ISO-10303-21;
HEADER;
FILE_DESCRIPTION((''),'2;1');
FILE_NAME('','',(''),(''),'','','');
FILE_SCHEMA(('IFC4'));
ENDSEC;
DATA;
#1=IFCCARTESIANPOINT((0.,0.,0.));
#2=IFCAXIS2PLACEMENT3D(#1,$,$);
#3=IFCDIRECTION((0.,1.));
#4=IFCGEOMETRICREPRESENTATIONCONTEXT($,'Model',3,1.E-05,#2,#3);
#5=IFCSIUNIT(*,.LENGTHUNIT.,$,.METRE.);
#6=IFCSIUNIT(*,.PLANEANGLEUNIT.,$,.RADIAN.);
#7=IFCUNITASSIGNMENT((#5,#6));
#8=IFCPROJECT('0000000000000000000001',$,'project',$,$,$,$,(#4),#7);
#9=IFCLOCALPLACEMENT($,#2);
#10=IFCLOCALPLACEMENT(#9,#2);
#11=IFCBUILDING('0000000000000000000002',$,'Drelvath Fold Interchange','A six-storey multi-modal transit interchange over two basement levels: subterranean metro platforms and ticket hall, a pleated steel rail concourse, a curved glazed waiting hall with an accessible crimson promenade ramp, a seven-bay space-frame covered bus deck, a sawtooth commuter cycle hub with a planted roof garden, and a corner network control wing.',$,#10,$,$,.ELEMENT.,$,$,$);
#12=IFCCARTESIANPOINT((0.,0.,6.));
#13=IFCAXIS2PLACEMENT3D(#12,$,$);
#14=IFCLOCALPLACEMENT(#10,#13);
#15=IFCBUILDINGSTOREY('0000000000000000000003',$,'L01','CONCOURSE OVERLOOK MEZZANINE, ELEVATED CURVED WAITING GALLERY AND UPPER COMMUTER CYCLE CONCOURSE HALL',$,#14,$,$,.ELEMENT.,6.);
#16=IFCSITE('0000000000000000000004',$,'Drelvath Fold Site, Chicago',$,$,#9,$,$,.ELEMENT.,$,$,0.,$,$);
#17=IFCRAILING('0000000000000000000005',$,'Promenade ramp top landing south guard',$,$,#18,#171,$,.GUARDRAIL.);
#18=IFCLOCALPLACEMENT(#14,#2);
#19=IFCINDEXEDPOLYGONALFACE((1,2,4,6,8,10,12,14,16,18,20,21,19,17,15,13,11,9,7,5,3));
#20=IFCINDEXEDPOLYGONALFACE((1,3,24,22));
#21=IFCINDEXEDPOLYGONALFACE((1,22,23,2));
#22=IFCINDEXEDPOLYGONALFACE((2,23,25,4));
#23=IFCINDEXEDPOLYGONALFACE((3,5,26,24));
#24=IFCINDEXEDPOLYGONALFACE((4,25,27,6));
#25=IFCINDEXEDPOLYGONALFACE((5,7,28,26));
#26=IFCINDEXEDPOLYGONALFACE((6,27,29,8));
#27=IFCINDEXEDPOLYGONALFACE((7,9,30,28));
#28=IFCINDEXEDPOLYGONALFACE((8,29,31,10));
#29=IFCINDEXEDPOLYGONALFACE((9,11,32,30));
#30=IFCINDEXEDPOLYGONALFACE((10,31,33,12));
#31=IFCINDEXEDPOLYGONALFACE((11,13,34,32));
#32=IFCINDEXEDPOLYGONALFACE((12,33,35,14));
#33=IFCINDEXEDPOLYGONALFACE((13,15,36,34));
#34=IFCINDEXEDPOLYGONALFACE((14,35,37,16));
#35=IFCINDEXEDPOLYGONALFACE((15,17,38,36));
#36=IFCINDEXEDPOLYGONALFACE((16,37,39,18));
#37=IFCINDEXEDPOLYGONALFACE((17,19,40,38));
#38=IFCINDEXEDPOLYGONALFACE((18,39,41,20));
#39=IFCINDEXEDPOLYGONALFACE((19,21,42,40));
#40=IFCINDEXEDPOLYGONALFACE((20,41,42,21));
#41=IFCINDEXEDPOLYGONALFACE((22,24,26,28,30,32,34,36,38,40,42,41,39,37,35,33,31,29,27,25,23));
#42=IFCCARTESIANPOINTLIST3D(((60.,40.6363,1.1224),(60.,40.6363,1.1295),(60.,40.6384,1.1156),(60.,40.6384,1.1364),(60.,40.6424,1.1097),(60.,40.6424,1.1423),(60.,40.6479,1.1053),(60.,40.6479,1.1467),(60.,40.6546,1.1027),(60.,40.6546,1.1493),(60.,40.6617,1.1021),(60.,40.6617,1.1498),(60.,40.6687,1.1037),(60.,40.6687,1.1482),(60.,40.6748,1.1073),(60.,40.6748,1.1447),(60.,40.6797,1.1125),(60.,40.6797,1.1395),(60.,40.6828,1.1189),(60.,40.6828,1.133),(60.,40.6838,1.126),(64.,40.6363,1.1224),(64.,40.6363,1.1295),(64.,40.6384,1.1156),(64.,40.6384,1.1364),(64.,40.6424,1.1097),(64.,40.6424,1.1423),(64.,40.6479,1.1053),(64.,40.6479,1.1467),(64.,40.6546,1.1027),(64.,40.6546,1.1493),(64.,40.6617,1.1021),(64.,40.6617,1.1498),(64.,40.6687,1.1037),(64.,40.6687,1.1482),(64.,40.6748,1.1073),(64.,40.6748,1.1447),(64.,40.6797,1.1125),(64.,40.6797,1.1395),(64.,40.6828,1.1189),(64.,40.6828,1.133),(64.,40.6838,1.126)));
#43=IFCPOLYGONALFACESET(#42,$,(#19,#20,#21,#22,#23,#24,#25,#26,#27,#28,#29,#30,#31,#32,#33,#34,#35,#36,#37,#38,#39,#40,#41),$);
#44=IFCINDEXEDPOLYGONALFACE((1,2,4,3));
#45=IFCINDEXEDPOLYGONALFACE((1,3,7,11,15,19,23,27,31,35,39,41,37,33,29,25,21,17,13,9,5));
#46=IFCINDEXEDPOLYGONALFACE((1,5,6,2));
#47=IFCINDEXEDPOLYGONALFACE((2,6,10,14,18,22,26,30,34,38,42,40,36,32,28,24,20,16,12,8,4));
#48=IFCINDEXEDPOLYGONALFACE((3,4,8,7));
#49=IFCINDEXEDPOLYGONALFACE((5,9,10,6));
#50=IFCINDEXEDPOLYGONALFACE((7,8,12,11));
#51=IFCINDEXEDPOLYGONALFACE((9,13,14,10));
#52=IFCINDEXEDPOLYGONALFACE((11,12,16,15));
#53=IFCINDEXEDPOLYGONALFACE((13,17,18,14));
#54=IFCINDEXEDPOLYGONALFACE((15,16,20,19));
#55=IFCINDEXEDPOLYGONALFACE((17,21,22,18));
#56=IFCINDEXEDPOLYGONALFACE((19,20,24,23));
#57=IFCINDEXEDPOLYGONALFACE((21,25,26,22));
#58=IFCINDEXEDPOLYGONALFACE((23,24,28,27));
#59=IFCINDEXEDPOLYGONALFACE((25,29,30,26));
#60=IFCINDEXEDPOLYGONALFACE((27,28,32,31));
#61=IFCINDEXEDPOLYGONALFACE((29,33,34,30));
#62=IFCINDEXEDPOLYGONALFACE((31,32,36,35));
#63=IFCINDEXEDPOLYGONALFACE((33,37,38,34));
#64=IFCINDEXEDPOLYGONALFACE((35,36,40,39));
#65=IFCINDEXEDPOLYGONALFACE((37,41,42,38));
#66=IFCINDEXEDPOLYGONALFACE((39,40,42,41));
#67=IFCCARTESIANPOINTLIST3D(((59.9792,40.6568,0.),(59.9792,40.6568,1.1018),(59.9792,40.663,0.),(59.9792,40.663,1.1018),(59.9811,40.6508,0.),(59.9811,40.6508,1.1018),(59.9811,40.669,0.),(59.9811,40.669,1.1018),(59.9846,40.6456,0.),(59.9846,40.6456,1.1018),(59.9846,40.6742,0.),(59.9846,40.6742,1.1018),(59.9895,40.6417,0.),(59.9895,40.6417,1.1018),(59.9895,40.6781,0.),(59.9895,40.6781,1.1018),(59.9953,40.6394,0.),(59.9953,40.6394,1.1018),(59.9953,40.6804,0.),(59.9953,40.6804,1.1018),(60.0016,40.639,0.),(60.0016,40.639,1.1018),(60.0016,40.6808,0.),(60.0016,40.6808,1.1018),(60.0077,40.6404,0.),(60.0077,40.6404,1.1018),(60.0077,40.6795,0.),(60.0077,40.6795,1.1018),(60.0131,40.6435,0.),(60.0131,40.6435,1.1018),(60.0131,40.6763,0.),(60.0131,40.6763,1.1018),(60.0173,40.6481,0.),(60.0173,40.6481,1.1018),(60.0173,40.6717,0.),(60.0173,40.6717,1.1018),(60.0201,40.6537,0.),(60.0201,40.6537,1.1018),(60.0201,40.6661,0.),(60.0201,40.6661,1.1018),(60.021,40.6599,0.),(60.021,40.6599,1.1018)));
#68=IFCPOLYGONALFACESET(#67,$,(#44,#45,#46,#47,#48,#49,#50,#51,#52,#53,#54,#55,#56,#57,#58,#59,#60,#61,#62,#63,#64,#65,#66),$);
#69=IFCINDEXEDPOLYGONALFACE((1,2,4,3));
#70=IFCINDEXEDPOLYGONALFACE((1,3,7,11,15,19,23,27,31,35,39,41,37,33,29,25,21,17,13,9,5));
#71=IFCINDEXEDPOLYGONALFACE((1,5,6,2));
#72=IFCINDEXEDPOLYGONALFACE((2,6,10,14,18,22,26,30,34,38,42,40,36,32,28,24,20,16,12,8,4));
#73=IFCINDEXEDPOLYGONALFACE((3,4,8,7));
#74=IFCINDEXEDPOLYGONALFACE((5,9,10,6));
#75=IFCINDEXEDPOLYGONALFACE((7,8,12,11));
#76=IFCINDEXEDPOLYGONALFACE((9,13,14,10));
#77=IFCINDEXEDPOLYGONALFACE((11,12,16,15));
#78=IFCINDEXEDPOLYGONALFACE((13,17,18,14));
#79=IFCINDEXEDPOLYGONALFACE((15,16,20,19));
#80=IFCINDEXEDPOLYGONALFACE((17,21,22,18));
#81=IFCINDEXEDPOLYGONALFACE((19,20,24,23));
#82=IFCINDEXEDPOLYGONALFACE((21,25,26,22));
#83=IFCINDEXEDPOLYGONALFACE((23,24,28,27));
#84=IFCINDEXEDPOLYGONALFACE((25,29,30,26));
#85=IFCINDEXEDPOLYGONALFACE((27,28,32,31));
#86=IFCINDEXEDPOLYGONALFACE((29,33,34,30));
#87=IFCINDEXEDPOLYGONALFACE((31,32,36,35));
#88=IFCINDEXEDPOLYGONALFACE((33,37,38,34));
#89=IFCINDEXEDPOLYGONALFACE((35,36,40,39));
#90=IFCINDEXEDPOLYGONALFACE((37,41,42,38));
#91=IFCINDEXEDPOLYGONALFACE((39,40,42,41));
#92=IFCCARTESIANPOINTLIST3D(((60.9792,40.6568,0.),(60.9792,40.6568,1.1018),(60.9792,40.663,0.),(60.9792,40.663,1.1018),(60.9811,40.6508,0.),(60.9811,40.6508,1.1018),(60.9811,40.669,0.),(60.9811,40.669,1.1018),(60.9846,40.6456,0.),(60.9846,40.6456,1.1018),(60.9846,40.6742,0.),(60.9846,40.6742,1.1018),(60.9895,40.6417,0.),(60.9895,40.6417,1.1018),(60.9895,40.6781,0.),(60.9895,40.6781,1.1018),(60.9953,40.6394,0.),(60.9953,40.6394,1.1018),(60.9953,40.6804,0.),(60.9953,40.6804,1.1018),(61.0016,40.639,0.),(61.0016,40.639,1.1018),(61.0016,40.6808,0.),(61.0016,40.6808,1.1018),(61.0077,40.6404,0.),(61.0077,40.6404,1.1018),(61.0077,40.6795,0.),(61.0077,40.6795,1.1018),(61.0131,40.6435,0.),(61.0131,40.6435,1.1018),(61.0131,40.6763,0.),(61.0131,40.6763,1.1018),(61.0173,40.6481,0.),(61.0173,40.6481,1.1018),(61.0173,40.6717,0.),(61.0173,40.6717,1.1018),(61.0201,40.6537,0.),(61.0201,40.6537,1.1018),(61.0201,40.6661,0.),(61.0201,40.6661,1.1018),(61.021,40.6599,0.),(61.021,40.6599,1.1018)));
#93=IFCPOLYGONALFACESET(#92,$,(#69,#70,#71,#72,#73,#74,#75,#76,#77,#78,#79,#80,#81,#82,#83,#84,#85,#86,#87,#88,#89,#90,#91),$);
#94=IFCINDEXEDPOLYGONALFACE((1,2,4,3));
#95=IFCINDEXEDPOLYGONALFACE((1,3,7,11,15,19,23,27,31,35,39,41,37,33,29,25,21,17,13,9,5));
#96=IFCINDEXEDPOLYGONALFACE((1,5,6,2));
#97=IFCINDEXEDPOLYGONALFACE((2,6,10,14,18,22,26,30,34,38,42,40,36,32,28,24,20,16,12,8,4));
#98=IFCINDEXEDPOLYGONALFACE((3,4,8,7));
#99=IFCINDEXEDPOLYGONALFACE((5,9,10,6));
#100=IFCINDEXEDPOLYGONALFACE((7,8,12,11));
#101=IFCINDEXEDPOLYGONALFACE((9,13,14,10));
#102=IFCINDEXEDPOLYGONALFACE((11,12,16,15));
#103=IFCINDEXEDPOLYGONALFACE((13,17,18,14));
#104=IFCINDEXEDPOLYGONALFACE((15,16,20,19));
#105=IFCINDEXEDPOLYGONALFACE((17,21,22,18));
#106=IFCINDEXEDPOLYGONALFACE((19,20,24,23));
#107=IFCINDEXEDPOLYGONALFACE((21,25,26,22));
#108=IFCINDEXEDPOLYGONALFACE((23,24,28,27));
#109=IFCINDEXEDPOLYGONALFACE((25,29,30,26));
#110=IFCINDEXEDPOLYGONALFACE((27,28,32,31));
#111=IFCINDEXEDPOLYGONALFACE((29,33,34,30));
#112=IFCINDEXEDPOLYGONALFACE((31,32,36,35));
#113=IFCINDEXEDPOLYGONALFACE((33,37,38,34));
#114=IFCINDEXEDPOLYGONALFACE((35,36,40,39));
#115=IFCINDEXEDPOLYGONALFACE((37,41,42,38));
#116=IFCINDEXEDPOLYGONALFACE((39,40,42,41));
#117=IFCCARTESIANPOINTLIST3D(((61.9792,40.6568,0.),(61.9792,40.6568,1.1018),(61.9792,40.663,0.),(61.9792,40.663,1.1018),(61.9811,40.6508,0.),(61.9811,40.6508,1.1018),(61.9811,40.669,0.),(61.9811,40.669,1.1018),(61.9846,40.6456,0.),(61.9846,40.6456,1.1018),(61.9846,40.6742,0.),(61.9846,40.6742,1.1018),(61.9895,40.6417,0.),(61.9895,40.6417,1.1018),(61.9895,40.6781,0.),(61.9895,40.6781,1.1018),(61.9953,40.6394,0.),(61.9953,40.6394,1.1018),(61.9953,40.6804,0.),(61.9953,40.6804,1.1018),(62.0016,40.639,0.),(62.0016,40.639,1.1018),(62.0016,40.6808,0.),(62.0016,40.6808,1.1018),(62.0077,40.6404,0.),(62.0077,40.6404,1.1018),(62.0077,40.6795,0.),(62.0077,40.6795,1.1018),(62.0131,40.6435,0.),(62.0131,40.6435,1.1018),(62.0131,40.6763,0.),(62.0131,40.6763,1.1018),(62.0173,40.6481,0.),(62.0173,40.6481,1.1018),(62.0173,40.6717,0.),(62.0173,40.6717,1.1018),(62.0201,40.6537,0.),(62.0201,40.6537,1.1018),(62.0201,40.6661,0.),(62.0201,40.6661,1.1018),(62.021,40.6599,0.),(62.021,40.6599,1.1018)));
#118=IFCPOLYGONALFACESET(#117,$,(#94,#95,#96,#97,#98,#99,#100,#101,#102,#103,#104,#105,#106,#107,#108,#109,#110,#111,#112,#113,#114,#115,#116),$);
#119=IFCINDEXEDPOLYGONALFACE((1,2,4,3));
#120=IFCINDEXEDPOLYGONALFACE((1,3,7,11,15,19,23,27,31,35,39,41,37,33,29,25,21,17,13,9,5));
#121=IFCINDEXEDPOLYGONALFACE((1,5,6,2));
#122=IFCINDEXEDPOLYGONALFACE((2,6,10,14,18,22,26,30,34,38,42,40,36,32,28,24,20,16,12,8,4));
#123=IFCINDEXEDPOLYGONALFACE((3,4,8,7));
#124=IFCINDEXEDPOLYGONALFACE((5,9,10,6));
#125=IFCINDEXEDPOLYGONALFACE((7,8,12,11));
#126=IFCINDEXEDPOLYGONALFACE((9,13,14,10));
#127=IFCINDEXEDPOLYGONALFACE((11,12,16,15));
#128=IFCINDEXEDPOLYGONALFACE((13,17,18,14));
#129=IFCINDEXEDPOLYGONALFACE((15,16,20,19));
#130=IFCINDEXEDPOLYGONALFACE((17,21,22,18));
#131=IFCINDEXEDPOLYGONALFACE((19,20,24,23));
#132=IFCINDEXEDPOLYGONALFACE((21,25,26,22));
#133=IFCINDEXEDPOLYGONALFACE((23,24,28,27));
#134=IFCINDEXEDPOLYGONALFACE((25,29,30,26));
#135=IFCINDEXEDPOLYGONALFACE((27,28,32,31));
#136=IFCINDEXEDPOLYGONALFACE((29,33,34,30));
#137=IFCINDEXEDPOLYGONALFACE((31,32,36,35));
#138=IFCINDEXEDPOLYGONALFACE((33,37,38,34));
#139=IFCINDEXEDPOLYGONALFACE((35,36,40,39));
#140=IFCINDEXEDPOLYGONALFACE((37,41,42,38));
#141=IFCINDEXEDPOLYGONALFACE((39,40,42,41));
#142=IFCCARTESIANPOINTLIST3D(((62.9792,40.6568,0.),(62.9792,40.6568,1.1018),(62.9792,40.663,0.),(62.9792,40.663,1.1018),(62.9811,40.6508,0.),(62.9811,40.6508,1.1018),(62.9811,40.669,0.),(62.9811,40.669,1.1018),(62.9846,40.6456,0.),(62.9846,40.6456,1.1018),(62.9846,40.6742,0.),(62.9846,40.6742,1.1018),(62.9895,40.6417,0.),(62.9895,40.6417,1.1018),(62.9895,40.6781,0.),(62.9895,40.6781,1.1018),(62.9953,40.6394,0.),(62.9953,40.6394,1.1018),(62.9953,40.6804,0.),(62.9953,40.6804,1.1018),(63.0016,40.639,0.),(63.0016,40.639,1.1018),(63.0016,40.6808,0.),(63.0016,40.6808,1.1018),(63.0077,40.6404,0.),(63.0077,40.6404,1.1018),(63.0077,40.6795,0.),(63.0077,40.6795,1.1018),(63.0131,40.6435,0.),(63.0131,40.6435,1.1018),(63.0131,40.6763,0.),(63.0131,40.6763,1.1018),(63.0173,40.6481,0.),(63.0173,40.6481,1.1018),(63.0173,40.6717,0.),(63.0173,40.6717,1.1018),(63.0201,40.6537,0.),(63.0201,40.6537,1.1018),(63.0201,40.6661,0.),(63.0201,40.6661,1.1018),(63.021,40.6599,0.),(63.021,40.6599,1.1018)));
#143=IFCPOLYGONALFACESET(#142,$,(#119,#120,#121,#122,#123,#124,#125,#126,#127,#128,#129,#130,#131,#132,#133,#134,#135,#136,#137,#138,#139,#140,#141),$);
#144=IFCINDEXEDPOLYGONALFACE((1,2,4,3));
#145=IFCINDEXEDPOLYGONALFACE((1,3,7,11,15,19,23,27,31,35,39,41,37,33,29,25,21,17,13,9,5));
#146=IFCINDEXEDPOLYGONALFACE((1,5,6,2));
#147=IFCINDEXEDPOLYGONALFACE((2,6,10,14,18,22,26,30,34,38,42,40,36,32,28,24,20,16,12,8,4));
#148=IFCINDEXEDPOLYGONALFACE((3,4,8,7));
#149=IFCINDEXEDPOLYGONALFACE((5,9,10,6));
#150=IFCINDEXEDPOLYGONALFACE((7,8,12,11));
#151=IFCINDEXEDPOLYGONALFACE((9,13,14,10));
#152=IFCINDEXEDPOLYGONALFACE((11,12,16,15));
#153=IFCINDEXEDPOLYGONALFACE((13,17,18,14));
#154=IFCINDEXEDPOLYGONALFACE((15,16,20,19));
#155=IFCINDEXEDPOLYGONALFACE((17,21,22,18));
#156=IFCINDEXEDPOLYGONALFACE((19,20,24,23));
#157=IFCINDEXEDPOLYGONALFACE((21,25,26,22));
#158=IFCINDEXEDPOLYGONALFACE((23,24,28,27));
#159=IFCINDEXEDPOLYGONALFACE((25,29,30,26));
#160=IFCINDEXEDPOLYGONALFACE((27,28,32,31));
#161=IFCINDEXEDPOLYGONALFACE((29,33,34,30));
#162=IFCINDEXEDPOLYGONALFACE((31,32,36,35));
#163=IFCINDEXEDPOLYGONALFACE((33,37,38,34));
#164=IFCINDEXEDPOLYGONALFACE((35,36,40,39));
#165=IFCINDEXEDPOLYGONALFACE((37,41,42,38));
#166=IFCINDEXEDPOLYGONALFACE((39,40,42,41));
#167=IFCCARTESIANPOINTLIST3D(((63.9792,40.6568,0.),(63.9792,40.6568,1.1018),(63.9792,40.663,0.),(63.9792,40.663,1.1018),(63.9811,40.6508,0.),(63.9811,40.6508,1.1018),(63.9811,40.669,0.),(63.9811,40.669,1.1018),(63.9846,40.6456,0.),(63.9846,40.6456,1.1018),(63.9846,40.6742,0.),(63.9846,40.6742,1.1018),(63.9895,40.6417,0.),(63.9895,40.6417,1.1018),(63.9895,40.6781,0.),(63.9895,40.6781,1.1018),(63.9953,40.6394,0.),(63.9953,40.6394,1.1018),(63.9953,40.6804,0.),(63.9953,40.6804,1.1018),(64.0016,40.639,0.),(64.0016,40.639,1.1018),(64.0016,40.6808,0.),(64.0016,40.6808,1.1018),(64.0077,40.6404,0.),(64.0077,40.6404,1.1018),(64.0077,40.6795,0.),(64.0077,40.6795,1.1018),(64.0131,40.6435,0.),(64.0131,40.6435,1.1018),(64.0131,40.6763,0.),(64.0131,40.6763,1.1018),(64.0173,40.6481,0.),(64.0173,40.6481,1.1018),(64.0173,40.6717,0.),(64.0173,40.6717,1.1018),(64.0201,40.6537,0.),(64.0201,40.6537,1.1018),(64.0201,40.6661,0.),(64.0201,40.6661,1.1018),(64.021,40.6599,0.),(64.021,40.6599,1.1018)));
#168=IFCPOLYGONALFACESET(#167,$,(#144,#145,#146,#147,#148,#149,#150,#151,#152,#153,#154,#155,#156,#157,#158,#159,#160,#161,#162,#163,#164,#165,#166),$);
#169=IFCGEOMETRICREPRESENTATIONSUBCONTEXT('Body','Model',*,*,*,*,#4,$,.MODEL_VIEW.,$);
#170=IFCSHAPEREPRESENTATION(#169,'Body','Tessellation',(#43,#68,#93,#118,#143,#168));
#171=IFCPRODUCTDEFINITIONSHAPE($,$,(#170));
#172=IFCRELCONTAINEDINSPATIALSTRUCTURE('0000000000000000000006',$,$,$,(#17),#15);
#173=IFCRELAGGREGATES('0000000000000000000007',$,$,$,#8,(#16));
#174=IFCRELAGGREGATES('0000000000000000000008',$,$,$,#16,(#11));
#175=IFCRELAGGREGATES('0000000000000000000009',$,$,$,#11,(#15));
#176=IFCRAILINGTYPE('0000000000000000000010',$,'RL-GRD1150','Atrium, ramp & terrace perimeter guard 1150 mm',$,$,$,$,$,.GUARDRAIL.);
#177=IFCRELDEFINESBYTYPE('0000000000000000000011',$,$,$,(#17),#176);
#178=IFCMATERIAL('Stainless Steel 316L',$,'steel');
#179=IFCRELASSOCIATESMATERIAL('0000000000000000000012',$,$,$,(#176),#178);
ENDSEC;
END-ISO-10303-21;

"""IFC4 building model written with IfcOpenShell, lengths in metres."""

from ifc_helpers import new_model, si_unit, direction, frame, origin, origin_2d, place, context, subcontext, project, spatial, circle, extrude, material, type_object, element, save


model = new_model("IFC4")

# Units and contexts
model_context = context("Model", 3, precision=1e-05, world=origin(), true_north=direction((0.0, 1.0)))
body_context = subcontext(model_context, "Body", "Model", "MODEL_VIEW")
ifc_project = project(units=[si_unit("LENGTHUNIT", "METRE"), si_unit("PLANEANGLEUNIT", "RADIAN")], contexts=[model_context])

# Site, building, storey
site_placement = place(None, origin())
site = spatial("IfcSite", under=ifc_project, at=site_placement, Name="Drelvath Fold Site, Chicago", CompositionType="ELEMENT", RefElevation=0.0)
building_placement = place(site_placement, origin())
building = spatial("IfcBuilding", under=site, at=building_placement, Name="Drelvath Fold Interchange", Description="A six-storey multi-modal transit interchange over two basement levels: subterranean metro platforms and ticket hall, a pleated steel rail concourse, a curved glazed waiting hall with an accessible crimson promenade ramp, a seven-bay space-frame covered bus deck, a sawtooth commuter cycle hub with a planted roof garden, and a corner network control wing.", CompositionType="ELEMENT")
storey_placement = place(building_placement, frame((0.0, 0.0, 6.0)))
storey = spatial("IfcBuildingStorey", under=building, at=storey_placement, Name="L01", Description="CONCOURSE OVERLOOK MEZZANINE, ELEVATED CURVED WAITING GALLERY AND UPPER COMMUTER CYCLE CONCOURSE HALL", CompositionType="ELEMENT", Elevation=6.0)

# Railing
ifc_material_1 = material(Name="Stainless Steel 316L", Category="steel")
railing_type_1 = type_object("IfcRailingType", Name="RL-GRD1150", Description="Atrium, ramp & terrace perimeter guard 1150 mm", PredefinedType="GUARDRAIL", material=ifc_material_1)
railing_1_placement = place(storey_placement, frame((60.0, 40.6599, 0.0)))
element("IfcRailing", 1, at=railing_1_placement, inside=storey, type_object=railing_type_1, Name="Promenade ramp top landing south guard", PredefinedType="GUARDRAIL", context=body_context, shape_type="SweptSolid", body=[
    extrude(circle(Radius=0.0239, at=origin_2d()), frame((0.0, 0.0, 1.126), z_axis=(1.0, 0.0, 0.0), x_axis=(0.0, 1.0, 0.0)), (0.0, 0.0, 1.0), 4.0),
    extrude(circle(Radius=0.021, at=origin_2d()), origin(), (0.0, 0.0, 1.0), 1.1018),
    extrude(circle(Radius=0.021, at=origin_2d()), frame((1.0, 0.0, 0.0)), (0.0, 0.0, 1.0), 1.1018),
    extrude(circle(Radius=0.021, at=origin_2d()), frame((2.0, 0.0, 0.0)), (0.0, 0.0, 1.0), 1.1018),
    extrude(circle(Radius=0.021, at=origin_2d()), frame((3.0, 0.0, 0.0)), (0.0, 0.0, 1.0), 1.1018),
    extrude(circle(Radius=0.021, at=origin_2d()), frame((4.0, 0.0, 0.0)), (0.0, 0.0, 1.0), 1.1018),
])

save(model, "model.ifc")
